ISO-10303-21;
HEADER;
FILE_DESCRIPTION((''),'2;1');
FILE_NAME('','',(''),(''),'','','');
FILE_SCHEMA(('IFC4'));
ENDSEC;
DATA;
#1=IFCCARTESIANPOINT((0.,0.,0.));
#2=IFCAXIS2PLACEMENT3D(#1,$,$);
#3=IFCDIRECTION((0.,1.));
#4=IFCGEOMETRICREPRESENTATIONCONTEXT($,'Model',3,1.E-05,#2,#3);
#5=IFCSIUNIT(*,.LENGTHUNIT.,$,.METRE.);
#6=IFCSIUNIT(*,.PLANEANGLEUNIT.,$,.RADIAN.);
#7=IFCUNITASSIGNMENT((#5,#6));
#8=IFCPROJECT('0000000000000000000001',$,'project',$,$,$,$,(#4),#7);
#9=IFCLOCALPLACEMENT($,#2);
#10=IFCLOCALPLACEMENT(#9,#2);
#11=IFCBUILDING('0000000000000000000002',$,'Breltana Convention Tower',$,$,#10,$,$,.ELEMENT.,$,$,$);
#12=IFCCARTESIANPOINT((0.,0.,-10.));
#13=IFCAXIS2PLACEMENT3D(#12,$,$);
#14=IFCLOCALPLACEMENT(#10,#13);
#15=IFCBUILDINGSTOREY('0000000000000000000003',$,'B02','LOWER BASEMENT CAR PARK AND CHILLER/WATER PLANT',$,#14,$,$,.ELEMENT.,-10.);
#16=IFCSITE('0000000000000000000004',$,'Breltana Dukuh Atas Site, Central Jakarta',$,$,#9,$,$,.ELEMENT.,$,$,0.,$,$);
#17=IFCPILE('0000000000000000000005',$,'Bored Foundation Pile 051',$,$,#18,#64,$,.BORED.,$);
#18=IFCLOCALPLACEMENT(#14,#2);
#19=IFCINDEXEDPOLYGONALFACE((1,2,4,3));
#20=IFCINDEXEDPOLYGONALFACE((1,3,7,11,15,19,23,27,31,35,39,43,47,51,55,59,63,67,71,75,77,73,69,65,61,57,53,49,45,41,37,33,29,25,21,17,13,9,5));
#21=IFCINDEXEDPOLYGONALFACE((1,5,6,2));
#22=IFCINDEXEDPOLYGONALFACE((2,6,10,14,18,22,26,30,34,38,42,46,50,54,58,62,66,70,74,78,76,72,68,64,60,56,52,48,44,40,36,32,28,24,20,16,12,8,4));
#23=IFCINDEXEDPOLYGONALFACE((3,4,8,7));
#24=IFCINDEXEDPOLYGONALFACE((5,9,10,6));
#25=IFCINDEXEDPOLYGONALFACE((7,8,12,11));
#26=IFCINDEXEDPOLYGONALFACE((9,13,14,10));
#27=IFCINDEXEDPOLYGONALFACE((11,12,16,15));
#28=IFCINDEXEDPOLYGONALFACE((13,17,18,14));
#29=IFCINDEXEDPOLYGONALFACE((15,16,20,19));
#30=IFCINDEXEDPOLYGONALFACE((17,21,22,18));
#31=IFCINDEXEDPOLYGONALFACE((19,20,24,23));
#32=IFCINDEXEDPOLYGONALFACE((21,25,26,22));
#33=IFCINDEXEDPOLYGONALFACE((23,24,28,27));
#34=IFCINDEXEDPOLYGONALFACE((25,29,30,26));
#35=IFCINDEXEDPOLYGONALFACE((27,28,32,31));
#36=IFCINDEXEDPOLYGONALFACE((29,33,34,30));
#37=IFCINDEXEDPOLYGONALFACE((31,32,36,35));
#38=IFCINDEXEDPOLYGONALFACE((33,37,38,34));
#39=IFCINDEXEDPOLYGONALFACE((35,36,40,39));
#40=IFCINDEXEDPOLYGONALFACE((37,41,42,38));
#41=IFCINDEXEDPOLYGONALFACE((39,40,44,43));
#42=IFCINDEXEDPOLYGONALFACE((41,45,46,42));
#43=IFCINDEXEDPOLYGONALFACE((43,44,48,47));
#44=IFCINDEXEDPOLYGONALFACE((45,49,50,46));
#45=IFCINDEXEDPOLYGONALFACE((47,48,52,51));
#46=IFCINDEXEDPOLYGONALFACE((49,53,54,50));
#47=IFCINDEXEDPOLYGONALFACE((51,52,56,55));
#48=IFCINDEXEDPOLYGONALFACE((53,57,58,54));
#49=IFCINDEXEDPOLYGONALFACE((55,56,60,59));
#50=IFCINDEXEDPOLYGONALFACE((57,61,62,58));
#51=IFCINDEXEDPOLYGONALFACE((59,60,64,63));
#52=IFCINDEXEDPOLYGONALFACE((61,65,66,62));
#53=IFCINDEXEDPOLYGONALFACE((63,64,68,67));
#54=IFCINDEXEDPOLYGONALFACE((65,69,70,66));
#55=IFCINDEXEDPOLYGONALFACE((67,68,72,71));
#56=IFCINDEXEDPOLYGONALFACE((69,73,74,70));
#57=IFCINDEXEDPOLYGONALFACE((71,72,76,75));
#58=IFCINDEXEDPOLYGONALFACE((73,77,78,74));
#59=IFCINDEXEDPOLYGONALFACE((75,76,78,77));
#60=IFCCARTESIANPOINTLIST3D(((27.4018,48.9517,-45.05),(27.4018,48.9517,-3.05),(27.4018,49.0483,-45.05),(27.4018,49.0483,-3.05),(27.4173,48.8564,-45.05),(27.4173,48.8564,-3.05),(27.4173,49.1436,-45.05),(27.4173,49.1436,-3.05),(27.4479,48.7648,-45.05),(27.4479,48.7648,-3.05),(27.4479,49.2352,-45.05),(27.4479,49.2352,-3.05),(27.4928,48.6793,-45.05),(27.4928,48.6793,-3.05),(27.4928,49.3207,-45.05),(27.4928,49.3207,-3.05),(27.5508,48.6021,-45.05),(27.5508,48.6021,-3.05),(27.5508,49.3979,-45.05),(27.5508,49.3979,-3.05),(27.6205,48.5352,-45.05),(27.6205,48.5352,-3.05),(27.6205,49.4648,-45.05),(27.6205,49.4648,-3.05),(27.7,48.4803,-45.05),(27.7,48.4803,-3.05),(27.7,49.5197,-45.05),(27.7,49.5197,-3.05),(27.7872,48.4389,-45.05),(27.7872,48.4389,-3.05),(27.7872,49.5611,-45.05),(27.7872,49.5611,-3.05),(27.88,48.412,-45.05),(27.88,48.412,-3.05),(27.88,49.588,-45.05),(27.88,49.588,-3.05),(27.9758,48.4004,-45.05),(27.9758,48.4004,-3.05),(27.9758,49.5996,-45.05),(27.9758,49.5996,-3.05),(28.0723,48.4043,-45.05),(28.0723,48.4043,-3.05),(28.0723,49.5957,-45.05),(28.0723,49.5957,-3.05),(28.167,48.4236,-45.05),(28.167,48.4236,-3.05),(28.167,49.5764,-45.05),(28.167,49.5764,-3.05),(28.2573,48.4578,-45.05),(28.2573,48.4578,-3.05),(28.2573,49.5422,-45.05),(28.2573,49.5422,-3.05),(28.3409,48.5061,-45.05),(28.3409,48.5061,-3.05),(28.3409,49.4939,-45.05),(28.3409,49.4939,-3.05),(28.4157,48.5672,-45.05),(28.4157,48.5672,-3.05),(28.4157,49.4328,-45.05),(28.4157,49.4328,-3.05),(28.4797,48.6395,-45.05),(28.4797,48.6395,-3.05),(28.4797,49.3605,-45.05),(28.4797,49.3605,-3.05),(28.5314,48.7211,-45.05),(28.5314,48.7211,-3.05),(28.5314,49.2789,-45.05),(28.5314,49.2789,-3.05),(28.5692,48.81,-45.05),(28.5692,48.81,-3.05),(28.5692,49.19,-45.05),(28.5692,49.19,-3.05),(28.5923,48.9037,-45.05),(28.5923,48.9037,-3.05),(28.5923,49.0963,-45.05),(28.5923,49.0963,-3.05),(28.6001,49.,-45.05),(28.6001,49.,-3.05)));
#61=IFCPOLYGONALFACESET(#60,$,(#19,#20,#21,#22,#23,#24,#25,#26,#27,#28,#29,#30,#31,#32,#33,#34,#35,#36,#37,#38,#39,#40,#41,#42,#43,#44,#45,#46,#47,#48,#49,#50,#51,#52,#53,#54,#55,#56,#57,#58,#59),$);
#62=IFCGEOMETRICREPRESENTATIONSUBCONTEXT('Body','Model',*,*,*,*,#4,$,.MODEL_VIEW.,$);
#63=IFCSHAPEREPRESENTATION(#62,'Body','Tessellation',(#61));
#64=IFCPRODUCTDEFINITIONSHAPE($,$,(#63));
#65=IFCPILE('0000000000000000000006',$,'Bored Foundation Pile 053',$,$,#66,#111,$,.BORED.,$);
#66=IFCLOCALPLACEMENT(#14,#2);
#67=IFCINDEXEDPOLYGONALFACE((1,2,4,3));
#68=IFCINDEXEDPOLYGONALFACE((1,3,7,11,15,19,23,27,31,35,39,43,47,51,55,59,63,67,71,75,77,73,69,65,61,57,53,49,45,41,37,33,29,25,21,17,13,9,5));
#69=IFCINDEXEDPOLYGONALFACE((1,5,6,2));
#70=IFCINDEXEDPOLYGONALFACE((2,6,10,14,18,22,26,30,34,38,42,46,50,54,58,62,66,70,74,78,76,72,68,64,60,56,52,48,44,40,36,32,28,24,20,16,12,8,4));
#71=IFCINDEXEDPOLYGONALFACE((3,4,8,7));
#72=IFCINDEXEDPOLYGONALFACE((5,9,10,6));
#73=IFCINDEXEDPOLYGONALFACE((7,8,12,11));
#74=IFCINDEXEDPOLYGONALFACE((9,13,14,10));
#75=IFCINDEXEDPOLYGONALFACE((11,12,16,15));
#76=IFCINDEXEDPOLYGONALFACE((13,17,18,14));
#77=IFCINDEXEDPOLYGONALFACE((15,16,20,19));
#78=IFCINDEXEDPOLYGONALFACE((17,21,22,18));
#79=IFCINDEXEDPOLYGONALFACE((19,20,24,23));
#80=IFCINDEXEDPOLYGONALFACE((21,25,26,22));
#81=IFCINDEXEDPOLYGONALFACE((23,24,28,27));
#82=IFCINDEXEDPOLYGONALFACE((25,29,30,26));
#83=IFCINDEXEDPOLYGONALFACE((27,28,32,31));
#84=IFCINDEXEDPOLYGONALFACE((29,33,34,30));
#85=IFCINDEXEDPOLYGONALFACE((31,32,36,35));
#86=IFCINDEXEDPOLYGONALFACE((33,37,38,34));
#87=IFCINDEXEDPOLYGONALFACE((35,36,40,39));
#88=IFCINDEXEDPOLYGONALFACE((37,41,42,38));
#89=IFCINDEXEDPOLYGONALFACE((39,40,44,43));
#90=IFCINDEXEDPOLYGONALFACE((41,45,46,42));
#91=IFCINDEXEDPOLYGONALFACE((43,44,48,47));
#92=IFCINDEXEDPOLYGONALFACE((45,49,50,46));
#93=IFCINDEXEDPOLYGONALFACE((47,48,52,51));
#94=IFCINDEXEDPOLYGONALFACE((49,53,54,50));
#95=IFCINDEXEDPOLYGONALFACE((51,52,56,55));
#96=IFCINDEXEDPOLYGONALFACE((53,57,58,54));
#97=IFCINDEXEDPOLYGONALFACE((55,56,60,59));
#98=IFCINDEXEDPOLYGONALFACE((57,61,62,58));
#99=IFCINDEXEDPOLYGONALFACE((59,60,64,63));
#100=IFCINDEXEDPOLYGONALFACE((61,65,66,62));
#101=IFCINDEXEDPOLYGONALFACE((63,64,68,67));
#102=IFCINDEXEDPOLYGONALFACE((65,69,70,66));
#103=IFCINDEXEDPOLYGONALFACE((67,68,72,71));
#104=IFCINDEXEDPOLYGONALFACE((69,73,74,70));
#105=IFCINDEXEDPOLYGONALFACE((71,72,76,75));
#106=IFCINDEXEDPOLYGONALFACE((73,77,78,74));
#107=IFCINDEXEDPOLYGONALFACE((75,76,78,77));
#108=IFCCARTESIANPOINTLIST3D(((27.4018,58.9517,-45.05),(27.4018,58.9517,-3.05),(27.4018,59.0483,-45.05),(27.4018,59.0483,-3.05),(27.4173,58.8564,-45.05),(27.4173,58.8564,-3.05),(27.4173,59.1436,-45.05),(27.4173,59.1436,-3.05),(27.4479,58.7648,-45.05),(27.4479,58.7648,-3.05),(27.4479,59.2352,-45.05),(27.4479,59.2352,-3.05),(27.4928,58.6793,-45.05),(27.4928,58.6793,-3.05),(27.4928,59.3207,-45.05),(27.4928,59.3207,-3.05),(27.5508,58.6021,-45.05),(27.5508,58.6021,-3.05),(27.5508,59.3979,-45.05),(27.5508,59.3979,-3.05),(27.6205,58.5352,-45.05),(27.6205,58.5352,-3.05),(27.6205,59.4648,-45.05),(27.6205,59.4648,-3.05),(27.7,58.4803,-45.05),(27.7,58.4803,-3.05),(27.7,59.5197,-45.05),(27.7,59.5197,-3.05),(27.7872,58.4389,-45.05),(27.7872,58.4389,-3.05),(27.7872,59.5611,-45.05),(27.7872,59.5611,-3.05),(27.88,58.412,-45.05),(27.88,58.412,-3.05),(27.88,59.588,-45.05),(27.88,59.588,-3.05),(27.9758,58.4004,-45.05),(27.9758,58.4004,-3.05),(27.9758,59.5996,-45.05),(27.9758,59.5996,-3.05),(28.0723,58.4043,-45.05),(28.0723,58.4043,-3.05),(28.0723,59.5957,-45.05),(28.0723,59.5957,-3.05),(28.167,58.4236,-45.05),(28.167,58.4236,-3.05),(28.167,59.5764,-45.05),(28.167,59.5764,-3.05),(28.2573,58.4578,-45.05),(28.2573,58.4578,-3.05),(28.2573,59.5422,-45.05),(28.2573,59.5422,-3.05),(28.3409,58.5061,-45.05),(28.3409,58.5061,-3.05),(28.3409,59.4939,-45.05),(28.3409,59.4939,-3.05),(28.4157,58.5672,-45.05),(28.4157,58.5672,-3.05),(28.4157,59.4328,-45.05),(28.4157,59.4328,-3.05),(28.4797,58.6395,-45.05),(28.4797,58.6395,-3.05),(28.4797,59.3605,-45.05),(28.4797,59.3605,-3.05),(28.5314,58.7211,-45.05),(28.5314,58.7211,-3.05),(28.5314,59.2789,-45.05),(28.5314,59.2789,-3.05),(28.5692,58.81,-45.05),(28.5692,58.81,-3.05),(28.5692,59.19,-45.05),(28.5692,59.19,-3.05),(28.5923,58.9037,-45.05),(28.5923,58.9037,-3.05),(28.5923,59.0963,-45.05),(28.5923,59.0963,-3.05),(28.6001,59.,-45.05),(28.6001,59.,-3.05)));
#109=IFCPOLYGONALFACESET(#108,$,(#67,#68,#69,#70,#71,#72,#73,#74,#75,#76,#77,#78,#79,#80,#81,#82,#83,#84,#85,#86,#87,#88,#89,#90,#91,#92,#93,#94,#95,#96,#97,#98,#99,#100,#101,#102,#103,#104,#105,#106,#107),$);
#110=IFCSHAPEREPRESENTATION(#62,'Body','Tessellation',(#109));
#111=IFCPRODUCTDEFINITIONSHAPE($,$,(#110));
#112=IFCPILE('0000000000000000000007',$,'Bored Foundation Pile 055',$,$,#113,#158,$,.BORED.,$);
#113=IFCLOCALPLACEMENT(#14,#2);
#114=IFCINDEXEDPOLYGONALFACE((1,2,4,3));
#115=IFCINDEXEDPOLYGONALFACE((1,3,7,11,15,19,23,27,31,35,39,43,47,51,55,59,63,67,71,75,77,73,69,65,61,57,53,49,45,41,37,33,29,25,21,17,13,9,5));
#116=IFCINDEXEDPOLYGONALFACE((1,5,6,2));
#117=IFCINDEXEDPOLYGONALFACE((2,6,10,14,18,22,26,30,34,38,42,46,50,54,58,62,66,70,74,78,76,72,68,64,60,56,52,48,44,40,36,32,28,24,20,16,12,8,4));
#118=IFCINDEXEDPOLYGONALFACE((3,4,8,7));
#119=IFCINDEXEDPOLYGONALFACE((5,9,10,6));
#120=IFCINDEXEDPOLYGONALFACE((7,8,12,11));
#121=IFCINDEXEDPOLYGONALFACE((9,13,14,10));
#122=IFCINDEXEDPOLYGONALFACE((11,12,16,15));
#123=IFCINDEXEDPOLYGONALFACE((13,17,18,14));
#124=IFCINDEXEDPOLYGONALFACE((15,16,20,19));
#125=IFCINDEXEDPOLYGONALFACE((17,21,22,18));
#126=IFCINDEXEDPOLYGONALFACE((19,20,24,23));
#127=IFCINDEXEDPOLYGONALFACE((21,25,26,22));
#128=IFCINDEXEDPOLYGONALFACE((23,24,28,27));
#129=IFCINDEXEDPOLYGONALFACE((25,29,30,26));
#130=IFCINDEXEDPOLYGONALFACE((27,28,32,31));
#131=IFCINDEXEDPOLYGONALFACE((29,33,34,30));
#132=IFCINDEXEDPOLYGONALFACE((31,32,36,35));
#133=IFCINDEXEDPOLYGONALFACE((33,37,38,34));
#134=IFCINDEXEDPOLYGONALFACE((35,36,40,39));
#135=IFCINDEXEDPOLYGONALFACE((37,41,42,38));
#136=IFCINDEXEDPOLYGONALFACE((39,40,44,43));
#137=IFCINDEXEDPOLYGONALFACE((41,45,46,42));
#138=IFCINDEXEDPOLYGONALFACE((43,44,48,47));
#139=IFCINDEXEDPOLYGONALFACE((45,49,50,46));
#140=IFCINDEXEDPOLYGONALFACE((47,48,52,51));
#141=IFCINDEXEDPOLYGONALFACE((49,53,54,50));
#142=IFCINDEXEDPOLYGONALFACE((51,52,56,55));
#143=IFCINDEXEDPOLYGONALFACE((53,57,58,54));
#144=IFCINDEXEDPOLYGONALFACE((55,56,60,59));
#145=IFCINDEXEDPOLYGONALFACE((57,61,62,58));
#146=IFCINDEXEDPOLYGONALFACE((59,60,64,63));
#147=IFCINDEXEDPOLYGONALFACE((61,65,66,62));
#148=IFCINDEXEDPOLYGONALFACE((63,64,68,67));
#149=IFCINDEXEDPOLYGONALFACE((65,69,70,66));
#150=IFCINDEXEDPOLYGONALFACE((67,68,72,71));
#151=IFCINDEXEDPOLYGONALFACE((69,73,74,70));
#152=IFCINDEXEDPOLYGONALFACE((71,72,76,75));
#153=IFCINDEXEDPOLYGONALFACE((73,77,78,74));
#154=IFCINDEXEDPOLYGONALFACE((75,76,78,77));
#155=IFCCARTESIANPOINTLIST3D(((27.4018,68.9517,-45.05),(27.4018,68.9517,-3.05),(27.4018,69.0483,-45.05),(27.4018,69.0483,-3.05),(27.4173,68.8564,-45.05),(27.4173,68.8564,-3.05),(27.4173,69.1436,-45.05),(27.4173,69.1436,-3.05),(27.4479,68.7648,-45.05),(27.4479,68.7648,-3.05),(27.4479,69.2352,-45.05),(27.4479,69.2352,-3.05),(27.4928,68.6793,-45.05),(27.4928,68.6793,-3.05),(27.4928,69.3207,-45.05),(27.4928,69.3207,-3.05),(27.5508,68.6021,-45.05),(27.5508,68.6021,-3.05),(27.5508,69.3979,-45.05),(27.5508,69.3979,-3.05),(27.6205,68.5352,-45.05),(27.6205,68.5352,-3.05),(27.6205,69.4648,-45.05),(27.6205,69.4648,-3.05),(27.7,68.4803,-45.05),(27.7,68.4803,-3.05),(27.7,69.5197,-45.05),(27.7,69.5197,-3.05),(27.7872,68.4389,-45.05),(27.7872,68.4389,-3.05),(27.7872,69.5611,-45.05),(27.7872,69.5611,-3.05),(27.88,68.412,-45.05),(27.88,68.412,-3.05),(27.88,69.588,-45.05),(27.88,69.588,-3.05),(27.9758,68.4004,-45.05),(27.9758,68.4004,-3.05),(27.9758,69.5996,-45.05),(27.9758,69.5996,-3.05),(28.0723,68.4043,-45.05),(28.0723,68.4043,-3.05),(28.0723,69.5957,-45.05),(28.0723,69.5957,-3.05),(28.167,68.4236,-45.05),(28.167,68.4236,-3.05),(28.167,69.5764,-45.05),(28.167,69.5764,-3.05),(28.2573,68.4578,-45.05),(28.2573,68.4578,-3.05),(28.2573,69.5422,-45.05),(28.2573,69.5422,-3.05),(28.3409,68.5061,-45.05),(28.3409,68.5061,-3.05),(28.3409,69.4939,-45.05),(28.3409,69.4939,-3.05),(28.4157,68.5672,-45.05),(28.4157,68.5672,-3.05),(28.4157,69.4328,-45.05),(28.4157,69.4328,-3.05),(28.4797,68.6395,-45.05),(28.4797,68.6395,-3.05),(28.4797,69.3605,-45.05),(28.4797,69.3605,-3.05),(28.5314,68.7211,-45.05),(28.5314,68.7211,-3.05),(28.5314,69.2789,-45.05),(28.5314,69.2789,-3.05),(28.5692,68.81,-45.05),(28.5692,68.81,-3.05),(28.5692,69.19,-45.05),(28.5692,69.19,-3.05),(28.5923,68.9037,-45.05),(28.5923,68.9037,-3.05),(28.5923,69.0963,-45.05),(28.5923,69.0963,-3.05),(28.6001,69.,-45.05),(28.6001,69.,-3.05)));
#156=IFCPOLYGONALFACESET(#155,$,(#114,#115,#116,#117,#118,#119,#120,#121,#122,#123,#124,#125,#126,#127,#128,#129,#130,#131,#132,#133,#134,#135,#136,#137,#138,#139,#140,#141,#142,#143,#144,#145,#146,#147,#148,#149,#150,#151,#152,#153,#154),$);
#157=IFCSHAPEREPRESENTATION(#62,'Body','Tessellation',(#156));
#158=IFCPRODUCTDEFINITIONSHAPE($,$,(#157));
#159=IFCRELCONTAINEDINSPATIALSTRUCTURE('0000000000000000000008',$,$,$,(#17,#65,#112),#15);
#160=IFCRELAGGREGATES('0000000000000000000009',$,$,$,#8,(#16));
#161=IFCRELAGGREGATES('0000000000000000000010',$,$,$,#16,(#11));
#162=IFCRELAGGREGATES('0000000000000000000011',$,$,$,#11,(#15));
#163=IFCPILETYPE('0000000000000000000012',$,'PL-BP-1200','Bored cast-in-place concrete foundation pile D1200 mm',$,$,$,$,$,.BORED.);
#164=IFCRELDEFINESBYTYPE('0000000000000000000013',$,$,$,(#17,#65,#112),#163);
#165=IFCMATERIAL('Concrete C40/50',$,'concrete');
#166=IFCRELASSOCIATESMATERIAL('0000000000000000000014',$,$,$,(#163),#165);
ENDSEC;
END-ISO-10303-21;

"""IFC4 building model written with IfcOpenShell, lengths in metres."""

from ifc_helpers import new_model, si_unit, direction, frame, origin, origin_2d, place, context, subcontext, project, spatial, circle, extrude, source, transform, mapped, material, material_profile, profile_set, type_object, type_shapes, element, save


model = new_model("IFC4")

# Units and contexts
model_context = context("Model", 3, precision=1e-05, world=origin(), true_north=direction((0.0, 1.0)))
body_context = subcontext(model_context, "Body", "Model", "MODEL_VIEW")
ifc_project = project(units=[si_unit("LENGTHUNIT", "METRE"), si_unit("PLANEANGLEUNIT", "RADIAN")], contexts=[model_context])

# Site, building, storey
site_placement = place(None, origin())
site = spatial("IfcSite", under=ifc_project, at=site_placement, Name="Breltana Dukuh Atas Site, Central Jakarta", CompositionType="ELEMENT", RefElevation=0.0)
building_placement = place(site_placement, origin())
building = spatial("IfcBuilding", under=site, at=building_placement, Name="Breltana Convention Tower", CompositionType="ELEMENT")
storey_placement = place(building_placement, frame((0.0, 0.0, -10.0)))
storey = spatial("IfcBuildingStorey", under=building, at=storey_placement, Name="B02", Description="LOWER BASEMENT CAR PARK AND CHILLER/WATER PLANT", CompositionType="ELEMENT", Elevation=-10.0)

# Piles
ifc_material_1 = material(Name="Concrete C40/50", Category="concrete")
ifc_material_profile_1 = material_profile(ifc_material_1, circle(Radius=0.6001, at=origin_2d()), Name="BP-D1200")
ifc_profile_set_1 = profile_set([ifc_material_profile_1], Name="Concrete C40/50")
pile_type_1 = type_object("IfcPileType", Name="PL-BP-1200", Description="Bored cast-in-place concrete foundation pile D1200 mm", PredefinedType="BORED", material=ifc_profile_set_1)
shared_shape_1 = source(origin(), body_context, "Body", "SweptSolid", [
    extrude(circle(Radius=0.6001, at=origin_2d()), origin(), (0.0, 0.0, 1.0), 42.0),
])
type_shapes(pile_type_1, [shared_shape_1])
for number, where, z_axis, x_axis, name in (
    (1, (28.0, 49.0, -3.05), (0.0, 0.0, -1.0), (1.0, 0.0, 0.0), "Bored Foundation Pile 051"),
    (2, (28.0, 59.0, -3.05), (0.0, 0.0, -1.0), (1.0, 0.0, 0.0), "Bored Foundation Pile 053"),
    (3, (28.0, 69.0, -3.05), (0.0, 0.0, -1.0), (1.0, 0.0, 0.0), "Bored Foundation Pile 055"),
):
    element("IfcPile", number, at=place(storey_placement, frame(where, z_axis=z_axis, x_axis=x_axis)), inside=storey, type_object=pile_type_1, Name=name, PredefinedType="BORED", context=body_context, shape_type="MappedRepresentation", body=[
        mapped(shared_shape_1, transform((0.0, 0.0, 0.0), scale=1.0)),
    ])

save(model, "model.ifc")
